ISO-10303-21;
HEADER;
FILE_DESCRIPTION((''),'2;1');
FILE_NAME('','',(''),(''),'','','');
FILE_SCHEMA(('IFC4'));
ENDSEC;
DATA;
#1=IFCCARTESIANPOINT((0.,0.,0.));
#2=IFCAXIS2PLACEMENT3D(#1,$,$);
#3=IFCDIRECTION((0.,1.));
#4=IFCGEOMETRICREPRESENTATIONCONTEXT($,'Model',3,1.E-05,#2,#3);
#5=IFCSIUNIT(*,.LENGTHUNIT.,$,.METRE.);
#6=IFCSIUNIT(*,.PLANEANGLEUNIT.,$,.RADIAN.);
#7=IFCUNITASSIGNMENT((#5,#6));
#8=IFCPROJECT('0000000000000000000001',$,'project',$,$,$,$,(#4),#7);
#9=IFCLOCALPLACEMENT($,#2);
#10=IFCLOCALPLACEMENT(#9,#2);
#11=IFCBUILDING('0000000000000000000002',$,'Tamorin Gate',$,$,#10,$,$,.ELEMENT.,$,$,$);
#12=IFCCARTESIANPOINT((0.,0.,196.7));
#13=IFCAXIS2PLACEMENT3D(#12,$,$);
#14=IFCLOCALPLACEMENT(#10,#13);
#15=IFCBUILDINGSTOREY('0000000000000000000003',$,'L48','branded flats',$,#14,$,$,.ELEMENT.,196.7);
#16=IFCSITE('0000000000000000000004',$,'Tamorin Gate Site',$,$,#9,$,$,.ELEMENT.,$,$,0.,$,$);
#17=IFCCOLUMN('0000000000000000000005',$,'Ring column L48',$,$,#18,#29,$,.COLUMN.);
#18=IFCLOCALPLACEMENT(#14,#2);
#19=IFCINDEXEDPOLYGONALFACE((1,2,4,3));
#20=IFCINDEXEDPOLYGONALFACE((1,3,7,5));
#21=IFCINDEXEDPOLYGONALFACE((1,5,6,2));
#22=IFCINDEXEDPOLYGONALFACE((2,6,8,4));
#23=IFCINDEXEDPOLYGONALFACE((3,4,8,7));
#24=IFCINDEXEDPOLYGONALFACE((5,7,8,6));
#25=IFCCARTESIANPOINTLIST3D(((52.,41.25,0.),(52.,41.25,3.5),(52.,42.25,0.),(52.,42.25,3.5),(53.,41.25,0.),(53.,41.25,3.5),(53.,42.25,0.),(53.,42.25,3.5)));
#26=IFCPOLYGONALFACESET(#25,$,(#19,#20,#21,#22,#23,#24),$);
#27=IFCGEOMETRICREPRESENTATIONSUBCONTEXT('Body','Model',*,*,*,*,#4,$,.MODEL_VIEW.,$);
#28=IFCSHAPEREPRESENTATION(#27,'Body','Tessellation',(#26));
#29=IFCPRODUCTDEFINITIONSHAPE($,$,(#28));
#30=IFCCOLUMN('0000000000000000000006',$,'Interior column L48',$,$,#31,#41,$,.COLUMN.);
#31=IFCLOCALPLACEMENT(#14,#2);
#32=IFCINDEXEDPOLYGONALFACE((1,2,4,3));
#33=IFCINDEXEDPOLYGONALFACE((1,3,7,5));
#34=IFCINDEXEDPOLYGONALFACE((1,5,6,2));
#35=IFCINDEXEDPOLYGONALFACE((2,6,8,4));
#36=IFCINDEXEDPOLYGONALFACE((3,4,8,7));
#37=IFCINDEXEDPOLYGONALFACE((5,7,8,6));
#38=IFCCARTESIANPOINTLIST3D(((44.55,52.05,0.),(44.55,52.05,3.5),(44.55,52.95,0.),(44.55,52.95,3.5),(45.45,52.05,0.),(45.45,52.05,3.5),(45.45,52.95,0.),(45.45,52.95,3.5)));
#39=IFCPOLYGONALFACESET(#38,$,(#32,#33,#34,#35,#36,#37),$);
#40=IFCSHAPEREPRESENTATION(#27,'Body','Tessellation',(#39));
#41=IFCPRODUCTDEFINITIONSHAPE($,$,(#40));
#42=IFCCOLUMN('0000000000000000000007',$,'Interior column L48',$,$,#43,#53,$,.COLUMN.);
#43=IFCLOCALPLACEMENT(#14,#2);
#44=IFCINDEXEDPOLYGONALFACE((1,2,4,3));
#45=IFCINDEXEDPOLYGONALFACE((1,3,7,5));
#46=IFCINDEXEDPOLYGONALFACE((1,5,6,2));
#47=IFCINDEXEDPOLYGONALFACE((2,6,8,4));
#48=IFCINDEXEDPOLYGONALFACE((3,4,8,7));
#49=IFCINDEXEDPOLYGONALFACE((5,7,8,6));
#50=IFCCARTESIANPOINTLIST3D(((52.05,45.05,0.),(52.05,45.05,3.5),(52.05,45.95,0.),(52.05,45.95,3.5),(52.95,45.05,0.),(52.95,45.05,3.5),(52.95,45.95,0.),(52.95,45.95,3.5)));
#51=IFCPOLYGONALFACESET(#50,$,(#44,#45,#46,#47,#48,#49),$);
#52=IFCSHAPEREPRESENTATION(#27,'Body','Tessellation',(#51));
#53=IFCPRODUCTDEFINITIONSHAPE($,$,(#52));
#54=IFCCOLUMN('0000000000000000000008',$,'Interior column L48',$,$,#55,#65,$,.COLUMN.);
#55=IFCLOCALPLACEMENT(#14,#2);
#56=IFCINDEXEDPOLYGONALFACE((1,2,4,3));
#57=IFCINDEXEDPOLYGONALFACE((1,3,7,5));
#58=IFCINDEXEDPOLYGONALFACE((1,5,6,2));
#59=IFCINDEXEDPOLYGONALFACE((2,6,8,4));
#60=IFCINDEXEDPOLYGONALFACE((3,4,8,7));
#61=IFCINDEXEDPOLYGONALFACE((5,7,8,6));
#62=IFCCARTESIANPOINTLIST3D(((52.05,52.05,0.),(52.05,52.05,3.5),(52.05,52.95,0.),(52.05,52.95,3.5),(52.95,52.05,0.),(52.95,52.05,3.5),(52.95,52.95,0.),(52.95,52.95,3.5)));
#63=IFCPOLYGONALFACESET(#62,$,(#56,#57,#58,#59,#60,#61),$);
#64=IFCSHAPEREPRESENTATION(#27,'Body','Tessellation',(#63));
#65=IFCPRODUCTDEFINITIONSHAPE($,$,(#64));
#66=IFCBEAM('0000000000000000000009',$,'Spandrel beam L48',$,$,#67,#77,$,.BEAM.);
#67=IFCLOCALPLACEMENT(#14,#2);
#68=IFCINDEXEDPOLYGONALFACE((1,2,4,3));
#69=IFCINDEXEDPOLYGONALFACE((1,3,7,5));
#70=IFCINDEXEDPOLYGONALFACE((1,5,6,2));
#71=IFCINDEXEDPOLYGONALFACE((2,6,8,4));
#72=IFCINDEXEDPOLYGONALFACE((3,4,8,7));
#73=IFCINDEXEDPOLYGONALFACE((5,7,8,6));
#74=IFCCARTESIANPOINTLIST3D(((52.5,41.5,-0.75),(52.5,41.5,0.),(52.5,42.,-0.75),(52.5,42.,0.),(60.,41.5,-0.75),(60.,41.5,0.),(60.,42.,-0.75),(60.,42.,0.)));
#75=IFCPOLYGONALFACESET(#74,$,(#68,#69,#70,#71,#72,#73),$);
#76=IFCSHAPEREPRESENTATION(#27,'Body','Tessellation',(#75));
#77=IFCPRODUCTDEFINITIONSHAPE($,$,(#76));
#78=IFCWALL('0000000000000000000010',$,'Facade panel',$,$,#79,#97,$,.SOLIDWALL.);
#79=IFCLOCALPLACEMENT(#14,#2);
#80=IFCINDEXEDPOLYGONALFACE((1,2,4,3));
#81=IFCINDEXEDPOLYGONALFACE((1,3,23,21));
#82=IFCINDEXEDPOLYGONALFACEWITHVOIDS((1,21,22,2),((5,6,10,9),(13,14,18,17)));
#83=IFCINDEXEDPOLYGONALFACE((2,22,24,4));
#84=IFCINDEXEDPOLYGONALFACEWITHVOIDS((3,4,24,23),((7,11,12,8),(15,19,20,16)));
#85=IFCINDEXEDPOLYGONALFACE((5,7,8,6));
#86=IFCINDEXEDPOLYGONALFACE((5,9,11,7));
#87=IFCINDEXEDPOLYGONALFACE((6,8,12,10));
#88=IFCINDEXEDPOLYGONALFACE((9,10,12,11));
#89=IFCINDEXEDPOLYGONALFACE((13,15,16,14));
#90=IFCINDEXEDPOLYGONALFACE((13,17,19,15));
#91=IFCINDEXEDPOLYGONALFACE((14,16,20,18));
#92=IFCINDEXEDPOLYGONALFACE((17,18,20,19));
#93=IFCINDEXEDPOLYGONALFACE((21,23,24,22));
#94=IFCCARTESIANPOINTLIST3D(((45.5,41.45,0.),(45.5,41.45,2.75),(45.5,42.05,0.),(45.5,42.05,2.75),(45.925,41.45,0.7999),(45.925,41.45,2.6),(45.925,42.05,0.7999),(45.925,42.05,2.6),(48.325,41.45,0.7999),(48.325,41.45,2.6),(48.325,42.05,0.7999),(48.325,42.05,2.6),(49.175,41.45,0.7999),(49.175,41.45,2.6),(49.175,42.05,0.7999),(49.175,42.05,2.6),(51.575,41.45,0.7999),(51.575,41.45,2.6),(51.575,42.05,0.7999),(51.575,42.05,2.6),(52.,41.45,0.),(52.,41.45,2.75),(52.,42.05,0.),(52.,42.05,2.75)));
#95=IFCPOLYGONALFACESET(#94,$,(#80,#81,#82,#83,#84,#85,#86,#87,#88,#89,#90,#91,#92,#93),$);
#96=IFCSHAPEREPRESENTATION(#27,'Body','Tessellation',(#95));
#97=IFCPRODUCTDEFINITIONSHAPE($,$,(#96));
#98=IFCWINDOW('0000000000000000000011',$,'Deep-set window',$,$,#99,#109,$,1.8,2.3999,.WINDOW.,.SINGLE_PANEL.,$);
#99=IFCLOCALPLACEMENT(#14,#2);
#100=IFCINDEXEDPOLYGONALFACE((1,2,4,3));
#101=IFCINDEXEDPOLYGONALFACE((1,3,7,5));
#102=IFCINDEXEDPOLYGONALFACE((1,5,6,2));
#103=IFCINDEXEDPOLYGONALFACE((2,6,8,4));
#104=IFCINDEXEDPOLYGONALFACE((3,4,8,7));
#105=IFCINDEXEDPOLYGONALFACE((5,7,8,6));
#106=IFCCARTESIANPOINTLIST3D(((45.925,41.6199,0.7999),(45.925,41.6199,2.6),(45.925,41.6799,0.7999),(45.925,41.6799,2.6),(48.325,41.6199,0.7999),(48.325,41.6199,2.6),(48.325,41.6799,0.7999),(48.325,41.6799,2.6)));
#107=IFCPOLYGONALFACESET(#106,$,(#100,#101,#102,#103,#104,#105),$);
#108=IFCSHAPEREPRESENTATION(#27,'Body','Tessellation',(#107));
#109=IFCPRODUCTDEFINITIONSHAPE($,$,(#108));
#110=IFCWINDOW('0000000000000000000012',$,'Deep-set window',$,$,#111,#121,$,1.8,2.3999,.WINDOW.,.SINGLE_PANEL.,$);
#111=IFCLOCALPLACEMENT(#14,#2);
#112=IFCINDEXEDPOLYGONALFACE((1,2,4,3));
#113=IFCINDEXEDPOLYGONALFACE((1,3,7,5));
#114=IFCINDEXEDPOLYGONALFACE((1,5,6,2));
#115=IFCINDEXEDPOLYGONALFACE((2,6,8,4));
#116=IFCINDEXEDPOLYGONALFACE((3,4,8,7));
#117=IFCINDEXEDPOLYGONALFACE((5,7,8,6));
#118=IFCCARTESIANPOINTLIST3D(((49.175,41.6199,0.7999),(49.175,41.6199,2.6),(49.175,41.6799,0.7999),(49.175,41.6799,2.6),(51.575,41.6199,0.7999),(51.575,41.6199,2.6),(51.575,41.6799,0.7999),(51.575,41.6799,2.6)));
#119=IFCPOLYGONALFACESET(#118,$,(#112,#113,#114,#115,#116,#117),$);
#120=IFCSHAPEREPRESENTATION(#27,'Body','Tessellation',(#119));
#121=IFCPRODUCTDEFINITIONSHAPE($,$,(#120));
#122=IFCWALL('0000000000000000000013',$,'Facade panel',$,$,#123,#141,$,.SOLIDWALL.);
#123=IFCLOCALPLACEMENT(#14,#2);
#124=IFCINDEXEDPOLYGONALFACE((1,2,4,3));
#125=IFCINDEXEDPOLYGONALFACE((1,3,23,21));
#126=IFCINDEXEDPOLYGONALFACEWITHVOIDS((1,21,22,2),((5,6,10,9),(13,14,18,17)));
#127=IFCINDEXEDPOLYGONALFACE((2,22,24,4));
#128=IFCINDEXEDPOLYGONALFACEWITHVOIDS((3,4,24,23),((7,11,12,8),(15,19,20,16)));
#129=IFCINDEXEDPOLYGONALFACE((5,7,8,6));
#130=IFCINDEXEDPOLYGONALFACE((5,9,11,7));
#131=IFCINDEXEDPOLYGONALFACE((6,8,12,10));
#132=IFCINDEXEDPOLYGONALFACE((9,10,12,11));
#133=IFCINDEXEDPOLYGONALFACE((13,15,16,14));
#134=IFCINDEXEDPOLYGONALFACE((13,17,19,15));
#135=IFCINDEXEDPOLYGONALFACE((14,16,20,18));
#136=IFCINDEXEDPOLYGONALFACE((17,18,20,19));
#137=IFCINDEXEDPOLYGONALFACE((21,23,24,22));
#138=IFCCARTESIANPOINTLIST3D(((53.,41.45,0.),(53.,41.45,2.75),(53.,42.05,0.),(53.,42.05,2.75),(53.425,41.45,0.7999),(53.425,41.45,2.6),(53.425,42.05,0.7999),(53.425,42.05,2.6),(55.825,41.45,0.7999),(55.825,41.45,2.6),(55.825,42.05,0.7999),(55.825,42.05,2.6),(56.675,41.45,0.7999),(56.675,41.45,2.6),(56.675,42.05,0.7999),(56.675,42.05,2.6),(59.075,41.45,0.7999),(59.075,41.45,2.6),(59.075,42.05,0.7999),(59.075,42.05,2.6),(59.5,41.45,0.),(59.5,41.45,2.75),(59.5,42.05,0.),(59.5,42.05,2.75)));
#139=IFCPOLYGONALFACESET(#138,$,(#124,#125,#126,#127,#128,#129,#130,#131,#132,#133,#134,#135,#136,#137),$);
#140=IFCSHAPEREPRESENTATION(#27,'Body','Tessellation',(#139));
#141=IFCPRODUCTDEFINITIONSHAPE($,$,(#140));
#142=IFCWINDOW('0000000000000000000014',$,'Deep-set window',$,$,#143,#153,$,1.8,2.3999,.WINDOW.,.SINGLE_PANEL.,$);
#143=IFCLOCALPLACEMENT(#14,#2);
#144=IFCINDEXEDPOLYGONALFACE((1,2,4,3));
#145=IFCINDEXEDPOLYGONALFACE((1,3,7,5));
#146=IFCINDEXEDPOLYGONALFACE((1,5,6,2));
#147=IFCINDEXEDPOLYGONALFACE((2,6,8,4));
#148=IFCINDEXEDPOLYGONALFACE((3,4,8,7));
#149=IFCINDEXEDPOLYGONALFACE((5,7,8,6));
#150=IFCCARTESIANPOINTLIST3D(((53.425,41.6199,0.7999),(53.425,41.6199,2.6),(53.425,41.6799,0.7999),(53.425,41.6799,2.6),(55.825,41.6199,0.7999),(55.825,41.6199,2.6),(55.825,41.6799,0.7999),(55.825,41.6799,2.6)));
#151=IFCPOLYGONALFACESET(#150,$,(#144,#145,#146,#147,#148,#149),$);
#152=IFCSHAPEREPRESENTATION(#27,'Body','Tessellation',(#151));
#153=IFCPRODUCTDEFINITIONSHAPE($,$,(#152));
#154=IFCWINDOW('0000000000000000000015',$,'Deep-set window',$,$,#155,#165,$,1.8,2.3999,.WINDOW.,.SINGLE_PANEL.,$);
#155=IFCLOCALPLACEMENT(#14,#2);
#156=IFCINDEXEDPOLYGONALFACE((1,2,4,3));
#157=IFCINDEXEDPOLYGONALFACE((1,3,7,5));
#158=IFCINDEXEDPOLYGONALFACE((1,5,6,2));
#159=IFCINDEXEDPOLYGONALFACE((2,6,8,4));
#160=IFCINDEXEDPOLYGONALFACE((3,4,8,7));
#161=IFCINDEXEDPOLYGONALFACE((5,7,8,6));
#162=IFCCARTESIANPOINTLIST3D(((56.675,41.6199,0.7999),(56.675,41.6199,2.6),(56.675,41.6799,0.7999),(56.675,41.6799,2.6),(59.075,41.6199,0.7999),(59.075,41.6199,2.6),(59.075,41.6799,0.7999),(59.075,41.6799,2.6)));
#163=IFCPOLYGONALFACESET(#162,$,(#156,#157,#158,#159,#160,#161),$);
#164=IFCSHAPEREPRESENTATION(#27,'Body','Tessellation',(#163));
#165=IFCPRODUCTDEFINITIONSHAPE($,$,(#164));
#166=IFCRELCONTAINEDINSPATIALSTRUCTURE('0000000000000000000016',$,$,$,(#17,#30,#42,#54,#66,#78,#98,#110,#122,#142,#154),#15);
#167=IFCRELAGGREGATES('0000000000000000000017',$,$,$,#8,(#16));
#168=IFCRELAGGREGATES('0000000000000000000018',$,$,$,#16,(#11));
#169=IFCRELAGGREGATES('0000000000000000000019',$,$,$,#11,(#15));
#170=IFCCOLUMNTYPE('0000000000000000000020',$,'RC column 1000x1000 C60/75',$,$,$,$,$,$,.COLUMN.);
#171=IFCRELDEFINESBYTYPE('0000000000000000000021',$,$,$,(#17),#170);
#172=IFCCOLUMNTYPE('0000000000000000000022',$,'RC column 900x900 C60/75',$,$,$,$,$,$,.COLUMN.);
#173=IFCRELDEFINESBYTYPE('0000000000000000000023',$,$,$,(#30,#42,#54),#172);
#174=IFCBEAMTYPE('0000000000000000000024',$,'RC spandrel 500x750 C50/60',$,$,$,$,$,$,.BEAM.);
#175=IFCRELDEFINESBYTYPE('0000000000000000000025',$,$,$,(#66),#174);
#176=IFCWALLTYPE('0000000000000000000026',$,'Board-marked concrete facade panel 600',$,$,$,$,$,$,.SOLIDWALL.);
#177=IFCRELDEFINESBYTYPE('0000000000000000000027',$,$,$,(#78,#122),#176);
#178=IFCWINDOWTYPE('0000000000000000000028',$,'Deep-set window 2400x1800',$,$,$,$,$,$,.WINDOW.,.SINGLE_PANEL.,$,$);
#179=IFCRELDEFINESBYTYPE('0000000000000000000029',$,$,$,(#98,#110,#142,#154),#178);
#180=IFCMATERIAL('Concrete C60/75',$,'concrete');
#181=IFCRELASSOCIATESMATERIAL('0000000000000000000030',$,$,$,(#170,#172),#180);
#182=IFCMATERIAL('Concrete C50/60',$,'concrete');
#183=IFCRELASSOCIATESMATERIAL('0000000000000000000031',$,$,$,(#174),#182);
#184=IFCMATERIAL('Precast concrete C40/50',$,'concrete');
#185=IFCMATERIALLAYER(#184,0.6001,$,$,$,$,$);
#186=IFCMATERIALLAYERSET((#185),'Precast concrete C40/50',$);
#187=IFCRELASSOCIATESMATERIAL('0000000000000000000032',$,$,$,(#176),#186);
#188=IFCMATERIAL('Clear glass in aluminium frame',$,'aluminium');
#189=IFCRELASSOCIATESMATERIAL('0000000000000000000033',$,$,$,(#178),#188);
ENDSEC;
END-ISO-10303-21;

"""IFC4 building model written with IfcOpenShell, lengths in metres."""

from ifc_helpers import new_model, si_unit, direction, frame, frame_2d, origin, origin_2d, place, context, subcontext, project, spatial, rectangle, extrude, material, layer, layer_set, material_profile, profile_set, type_object, element, fill, save


model = new_model("IFC4")

# Units and contexts
model_context = context("Model", 3, precision=1e-05, world=origin(), true_north=direction((0.0, 1.0)))
body_context = subcontext(model_context, "Body", "Model", "MODEL_VIEW")
ifc_project = project(units=[si_unit("LENGTHUNIT", "METRE"), si_unit("PLANEANGLEUNIT", "RADIAN")], contexts=[model_context])

# Site, building, storey
site_placement = place(None, origin())
site = spatial("IfcSite", under=ifc_project, at=site_placement, Name="Tamorin Gate Site", CompositionType="ELEMENT", RefElevation=0.0)
building_placement = place(site_placement, origin())
building = spatial("IfcBuilding", under=site, at=building_placement, Name="Tamorin Gate", CompositionType="ELEMENT")
storey_placement = place(building_placement, frame((0.0, 0.0, 196.7)))
storey = spatial("IfcBuildingStorey", under=building, at=storey_placement, Name="L48", Description="branded flats", CompositionType="ELEMENT", Elevation=196.7)

# Columns
ifc_material_1 = material(Name="Concrete C60/75", Category="concrete")
ifc_material_profile_1 = material_profile(ifc_material_1, rectangle(XDim=1.0, YDim=1.0, at=origin_2d()), Name="RC 1000x1000")
ifc_profile_set_1 = profile_set([ifc_material_profile_1], Name="Concrete C60/75")
column_type_1 = type_object("IfcColumnType", Name="RC column 1000x1000 C60/75", PredefinedType="COLUMN", material=ifc_profile_set_1)
column_placement = place(storey_placement, frame((52.5, 41.75, 0.0), z_axis=(0.0, 0.0, 1.0), x_axis=(1.0, 0.0, 0.0)))
element("IfcColumn", 1, at=column_placement, inside=storey, type_object=column_type_1, Name="Ring column L48", PredefinedType="COLUMN", context=body_context, shape_type="SweptSolid", body=[
    extrude(rectangle(XDim=1.0, YDim=1.0, at=origin_2d()), origin(), (0.0, 0.0, 1.0), 3.5),
])
ifc_material_profile_2 = material_profile(ifc_material_1, rectangle(XDim=0.8999, YDim=0.8999, at=origin_2d()), Name="RC 900x900")
ifc_profile_set_2 = profile_set([ifc_material_profile_2], Name="Concrete C60/75")
column_type_2 = type_object("IfcColumnType", Name="RC column 900x900 C60/75", PredefinedType="COLUMN", material=ifc_profile_set_2)
for number, where, z_axis, x_axis, name in (
    (2, (45.0, 52.5, 0.0), (0.0, 0.0, 1.0), (1.0, 0.0, 0.0), "Interior column L48"),
    (3, (52.5, 45.5, 0.0), (0.0, 0.0, 1.0), (1.0, 0.0, 0.0), "Interior column L48"),
    (4, (52.5, 52.5, 0.0), (0.0, 0.0, 1.0), (1.0, 0.0, 0.0), "Interior column L48"),
):
    element("IfcColumn", number, at=place(storey_placement, frame(where, z_axis=z_axis, x_axis=x_axis)), inside=storey, type_object=column_type_2, Name=name, PredefinedType="COLUMN", context=body_context, shape_type="SweptSolid", body=[
        extrude(rectangle(XDim=0.8999, YDim=0.8999, at=origin_2d()), origin(), (0.0, 0.0, 1.0), 3.5),
    ])

# Beam
ifc_material_2 = material(Name="Concrete C50/60", Category="concrete")
ifc_material_profile_3 = material_profile(ifc_material_2, rectangle(XDim=0.5, YDim=0.75, at=origin_2d()), Name="RC 500x750")
ifc_profile_set_3 = profile_set([ifc_material_profile_3], Name="Concrete C50/60")
beam_type = type_object("IfcBeamType", Name="RC spandrel 500x750 C50/60", PredefinedType="BEAM", material=ifc_profile_set_3)
beam_placement = place(storey_placement, frame((52.5, 41.75, -0.375), z_axis=(1.0, 0.0, 0.0), x_axis=(0.0, 1.0, 0.0)))
element("IfcBeam", 5, at=beam_placement, inside=storey, type_object=beam_type, Name="Spandrel beam L48", PredefinedType="BEAM", context=body_context, shape_type="SweptSolid", body=[
    extrude(rectangle(XDim=0.5, YDim=0.75, at=origin_2d()), origin(), (0.0, 0.0, 1.0), 7.5),
])

# Walls, openings, windows
ifc_material_3 = material(Name="Precast concrete C40/50", Category="concrete")
ifc_layer_1 = layer(ifc_material_3, 0.6001)
ifc_layer_set_1 = layer_set([ifc_layer_1], Name="Precast concrete C40/50")
wall_type_1 = type_object("IfcWallType", Name="Board-marked concrete facade panel 600", PredefinedType="SOLIDWALL", material=ifc_layer_set_1)
wall_1_placement = place(storey_placement, frame((45.5, 41.75, 0.0), z_axis=(0.0, 0.0, 1.0), x_axis=(1.0, 0.0, 0.0)))
wall_1 = element("IfcWall", 6, at=wall_1_placement, inside=storey, type_object=wall_type_1, Name="Facade panel", PredefinedType="SOLIDWALL", context=body_context, shape_type="SweptSolid", body=[
    extrude(rectangle(XDim=6.5, YDim=0.6001, at=frame_2d((3.25, 0.0))), origin(), (0.0, 0.0, 1.0), 2.75),
])
opening_1_placement = place(wall_1_placement, frame((0.425, 0.0, 0.8)))
opening_1 = element("IfcOpeningElement", 7, at=opening_1_placement, cuts=wall_1, PredefinedType="OPENING", context=body_context, shape_type="SweptSolid", body=[
    extrude(rectangle(XDim=2.3999, YDim=1.8, at=frame_2d((1.2, 0.8999))), frame((0.0, 0.3101, 0.0), z_axis=(0.0, -1.0, 0.0), x_axis=(1.0, 0.0, 0.0)), (0.0, 0.0, 1.0), 0.6201),
])
opening_2_placement = place(wall_1_placement, frame((3.675, 0.0, 0.8)))
opening_2 = element("IfcOpeningElement", 8, at=opening_2_placement, cuts=wall_1, PredefinedType="OPENING", context=body_context, shape_type="SweptSolid", body=[
    extrude(rectangle(XDim=2.3999, YDim=1.8, at=frame_2d((1.2, 0.8999))), frame((0.0, 0.3101, 0.0), z_axis=(0.0, -1.0, 0.0), x_axis=(1.0, 0.0, 0.0)), (0.0, 0.0, 1.0), 0.6201),
])
ifc_material_4 = material(Name="Clear glass in aluminium frame", Category="aluminium")
window_type = type_object("IfcWindowType", Name="Deep-set window 2400x1800", PartitioningType="SINGLE_PANEL", PredefinedType="WINDOW", material=ifc_material_4)
window_1_placement = place(opening_1_placement, origin())
window_1 = element("IfcWindow", 9, at=window_1_placement, inside=storey, type_object=window_type, Name="Deep-set window", OverallHeight=1.8, OverallWidth=2.3999, PartitioningType="SINGLE_PANEL", PredefinedType="WINDOW", context=body_context, shape_type="SweptSolid", body=[
    extrude(rectangle(XDim=2.3999, YDim=1.8, at=frame_2d((1.2, 0.8999))), frame((0.0, -0.0701, 0.0), z_axis=(0.0, -1.0, 0.0), x_axis=(1.0, 0.0, 0.0)), (0.0, 0.0, 1.0), 0.0601),
])
fill(opening_1, window_1)
window_2_placement = place(opening_2_placement, origin())
window_2 = element("IfcWindow", 10, at=window_2_placement, inside=storey, type_object=window_type, Name="Deep-set window", OverallHeight=1.8, OverallWidth=2.3999, PartitioningType="SINGLE_PANEL", PredefinedType="WINDOW", context=body_context, shape_type="SweptSolid", body=[
    extrude(rectangle(XDim=2.3999, YDim=1.8, at=frame_2d((1.2, 0.8999))), frame((0.0, -0.0701, 0.0), z_axis=(0.0, -1.0, 0.0), x_axis=(1.0, 0.0, 0.0)), (0.0, 0.0, 1.0), 0.0601),
])
fill(opening_2, window_2)
wall_2_placement = place(storey_placement, frame((53.0, 41.75, 0.0), z_axis=(0.0, 0.0, 1.0), x_axis=(1.0, 0.0, 0.0)))
wall_2 = element("IfcWall", 11, at=wall_2_placement, inside=storey, type_object=wall_type_1, Name="Facade panel", PredefinedType="SOLIDWALL", context=body_context, shape_type="SweptSolid", body=[
    extrude(rectangle(XDim=6.5, YDim=0.6001, at=frame_2d((3.25, 0.0))), origin(), (0.0, 0.0, 1.0), 2.75),
])
opening_3_placement = place(wall_2_placement, frame((0.425, 0.0, 0.8)))
opening_3 = element("IfcOpeningElement", 12, at=opening_3_placement, cuts=wall_2, PredefinedType="OPENING", context=body_context, shape_type="SweptSolid", body=[
    extrude(rectangle(XDim=2.3999, YDim=1.8, at=frame_2d((1.2, 0.8999))), frame((0.0, 0.3101, 0.0), z_axis=(0.0, -1.0, 0.0), x_axis=(1.0, 0.0, 0.0)), (0.0, 0.0, 1.0), 0.6201),
])
opening_4_placement = place(wall_2_placement, frame((3.675, 0.0, 0.8)))
opening_4 = element("IfcOpeningElement", 13, at=opening_4_placement, cuts=wall_2, PredefinedType="OPENING", context=body_context, shape_type="SweptSolid", body=[
    extrude(rectangle(XDim=2.3999, YDim=1.8, at=frame_2d((1.2, 0.8999))), frame((0.0, 0.3101, 0.0), z_axis=(0.0, -1.0, 0.0), x_axis=(1.0, 0.0, 0.0)), (0.0, 0.0, 1.0), 0.6201),
])
window_3_placement = place(opening_3_placement, origin())
window_3 = element("IfcWindow", 14, at=window_3_placement, inside=storey, type_object=window_type, Name="Deep-set window", OverallHeight=1.8, OverallWidth=2.3999, PartitioningType="SINGLE_PANEL", PredefinedType="WINDOW", context=body_context, shape_type="SweptSolid", body=[
    extrude(rectangle(XDim=2.3999, YDim=1.8, at=frame_2d((1.2, 0.8999))), frame((0.0, -0.0701, 0.0), z_axis=(0.0, -1.0, 0.0), x_axis=(1.0, 0.0, 0.0)), (0.0, 0.0, 1.0), 0.0601),
])
fill(opening_3, window_3)
window_4_placement = place(opening_4_placement, origin())
window_4 = element("IfcWindow", 15, at=window_4_placement, inside=storey, type_object=window_type, Name="Deep-set window", OverallHeight=1.8, OverallWidth=2.3999, PartitioningType="SINGLE_PANEL", PredefinedType="WINDOW", context=body_context, shape_type="SweptSolid", body=[
    extrude(rectangle(XDim=2.3999, YDim=1.8, at=frame_2d((1.2, 0.8999))), frame((0.0, -0.0701, 0.0), z_axis=(0.0, -1.0, 0.0), x_axis=(1.0, 0.0, 0.0)), (0.0, 0.0, 1.0), 0.0601),
])
fill(opening_4, window_4)

save(model, "model.ifc")
